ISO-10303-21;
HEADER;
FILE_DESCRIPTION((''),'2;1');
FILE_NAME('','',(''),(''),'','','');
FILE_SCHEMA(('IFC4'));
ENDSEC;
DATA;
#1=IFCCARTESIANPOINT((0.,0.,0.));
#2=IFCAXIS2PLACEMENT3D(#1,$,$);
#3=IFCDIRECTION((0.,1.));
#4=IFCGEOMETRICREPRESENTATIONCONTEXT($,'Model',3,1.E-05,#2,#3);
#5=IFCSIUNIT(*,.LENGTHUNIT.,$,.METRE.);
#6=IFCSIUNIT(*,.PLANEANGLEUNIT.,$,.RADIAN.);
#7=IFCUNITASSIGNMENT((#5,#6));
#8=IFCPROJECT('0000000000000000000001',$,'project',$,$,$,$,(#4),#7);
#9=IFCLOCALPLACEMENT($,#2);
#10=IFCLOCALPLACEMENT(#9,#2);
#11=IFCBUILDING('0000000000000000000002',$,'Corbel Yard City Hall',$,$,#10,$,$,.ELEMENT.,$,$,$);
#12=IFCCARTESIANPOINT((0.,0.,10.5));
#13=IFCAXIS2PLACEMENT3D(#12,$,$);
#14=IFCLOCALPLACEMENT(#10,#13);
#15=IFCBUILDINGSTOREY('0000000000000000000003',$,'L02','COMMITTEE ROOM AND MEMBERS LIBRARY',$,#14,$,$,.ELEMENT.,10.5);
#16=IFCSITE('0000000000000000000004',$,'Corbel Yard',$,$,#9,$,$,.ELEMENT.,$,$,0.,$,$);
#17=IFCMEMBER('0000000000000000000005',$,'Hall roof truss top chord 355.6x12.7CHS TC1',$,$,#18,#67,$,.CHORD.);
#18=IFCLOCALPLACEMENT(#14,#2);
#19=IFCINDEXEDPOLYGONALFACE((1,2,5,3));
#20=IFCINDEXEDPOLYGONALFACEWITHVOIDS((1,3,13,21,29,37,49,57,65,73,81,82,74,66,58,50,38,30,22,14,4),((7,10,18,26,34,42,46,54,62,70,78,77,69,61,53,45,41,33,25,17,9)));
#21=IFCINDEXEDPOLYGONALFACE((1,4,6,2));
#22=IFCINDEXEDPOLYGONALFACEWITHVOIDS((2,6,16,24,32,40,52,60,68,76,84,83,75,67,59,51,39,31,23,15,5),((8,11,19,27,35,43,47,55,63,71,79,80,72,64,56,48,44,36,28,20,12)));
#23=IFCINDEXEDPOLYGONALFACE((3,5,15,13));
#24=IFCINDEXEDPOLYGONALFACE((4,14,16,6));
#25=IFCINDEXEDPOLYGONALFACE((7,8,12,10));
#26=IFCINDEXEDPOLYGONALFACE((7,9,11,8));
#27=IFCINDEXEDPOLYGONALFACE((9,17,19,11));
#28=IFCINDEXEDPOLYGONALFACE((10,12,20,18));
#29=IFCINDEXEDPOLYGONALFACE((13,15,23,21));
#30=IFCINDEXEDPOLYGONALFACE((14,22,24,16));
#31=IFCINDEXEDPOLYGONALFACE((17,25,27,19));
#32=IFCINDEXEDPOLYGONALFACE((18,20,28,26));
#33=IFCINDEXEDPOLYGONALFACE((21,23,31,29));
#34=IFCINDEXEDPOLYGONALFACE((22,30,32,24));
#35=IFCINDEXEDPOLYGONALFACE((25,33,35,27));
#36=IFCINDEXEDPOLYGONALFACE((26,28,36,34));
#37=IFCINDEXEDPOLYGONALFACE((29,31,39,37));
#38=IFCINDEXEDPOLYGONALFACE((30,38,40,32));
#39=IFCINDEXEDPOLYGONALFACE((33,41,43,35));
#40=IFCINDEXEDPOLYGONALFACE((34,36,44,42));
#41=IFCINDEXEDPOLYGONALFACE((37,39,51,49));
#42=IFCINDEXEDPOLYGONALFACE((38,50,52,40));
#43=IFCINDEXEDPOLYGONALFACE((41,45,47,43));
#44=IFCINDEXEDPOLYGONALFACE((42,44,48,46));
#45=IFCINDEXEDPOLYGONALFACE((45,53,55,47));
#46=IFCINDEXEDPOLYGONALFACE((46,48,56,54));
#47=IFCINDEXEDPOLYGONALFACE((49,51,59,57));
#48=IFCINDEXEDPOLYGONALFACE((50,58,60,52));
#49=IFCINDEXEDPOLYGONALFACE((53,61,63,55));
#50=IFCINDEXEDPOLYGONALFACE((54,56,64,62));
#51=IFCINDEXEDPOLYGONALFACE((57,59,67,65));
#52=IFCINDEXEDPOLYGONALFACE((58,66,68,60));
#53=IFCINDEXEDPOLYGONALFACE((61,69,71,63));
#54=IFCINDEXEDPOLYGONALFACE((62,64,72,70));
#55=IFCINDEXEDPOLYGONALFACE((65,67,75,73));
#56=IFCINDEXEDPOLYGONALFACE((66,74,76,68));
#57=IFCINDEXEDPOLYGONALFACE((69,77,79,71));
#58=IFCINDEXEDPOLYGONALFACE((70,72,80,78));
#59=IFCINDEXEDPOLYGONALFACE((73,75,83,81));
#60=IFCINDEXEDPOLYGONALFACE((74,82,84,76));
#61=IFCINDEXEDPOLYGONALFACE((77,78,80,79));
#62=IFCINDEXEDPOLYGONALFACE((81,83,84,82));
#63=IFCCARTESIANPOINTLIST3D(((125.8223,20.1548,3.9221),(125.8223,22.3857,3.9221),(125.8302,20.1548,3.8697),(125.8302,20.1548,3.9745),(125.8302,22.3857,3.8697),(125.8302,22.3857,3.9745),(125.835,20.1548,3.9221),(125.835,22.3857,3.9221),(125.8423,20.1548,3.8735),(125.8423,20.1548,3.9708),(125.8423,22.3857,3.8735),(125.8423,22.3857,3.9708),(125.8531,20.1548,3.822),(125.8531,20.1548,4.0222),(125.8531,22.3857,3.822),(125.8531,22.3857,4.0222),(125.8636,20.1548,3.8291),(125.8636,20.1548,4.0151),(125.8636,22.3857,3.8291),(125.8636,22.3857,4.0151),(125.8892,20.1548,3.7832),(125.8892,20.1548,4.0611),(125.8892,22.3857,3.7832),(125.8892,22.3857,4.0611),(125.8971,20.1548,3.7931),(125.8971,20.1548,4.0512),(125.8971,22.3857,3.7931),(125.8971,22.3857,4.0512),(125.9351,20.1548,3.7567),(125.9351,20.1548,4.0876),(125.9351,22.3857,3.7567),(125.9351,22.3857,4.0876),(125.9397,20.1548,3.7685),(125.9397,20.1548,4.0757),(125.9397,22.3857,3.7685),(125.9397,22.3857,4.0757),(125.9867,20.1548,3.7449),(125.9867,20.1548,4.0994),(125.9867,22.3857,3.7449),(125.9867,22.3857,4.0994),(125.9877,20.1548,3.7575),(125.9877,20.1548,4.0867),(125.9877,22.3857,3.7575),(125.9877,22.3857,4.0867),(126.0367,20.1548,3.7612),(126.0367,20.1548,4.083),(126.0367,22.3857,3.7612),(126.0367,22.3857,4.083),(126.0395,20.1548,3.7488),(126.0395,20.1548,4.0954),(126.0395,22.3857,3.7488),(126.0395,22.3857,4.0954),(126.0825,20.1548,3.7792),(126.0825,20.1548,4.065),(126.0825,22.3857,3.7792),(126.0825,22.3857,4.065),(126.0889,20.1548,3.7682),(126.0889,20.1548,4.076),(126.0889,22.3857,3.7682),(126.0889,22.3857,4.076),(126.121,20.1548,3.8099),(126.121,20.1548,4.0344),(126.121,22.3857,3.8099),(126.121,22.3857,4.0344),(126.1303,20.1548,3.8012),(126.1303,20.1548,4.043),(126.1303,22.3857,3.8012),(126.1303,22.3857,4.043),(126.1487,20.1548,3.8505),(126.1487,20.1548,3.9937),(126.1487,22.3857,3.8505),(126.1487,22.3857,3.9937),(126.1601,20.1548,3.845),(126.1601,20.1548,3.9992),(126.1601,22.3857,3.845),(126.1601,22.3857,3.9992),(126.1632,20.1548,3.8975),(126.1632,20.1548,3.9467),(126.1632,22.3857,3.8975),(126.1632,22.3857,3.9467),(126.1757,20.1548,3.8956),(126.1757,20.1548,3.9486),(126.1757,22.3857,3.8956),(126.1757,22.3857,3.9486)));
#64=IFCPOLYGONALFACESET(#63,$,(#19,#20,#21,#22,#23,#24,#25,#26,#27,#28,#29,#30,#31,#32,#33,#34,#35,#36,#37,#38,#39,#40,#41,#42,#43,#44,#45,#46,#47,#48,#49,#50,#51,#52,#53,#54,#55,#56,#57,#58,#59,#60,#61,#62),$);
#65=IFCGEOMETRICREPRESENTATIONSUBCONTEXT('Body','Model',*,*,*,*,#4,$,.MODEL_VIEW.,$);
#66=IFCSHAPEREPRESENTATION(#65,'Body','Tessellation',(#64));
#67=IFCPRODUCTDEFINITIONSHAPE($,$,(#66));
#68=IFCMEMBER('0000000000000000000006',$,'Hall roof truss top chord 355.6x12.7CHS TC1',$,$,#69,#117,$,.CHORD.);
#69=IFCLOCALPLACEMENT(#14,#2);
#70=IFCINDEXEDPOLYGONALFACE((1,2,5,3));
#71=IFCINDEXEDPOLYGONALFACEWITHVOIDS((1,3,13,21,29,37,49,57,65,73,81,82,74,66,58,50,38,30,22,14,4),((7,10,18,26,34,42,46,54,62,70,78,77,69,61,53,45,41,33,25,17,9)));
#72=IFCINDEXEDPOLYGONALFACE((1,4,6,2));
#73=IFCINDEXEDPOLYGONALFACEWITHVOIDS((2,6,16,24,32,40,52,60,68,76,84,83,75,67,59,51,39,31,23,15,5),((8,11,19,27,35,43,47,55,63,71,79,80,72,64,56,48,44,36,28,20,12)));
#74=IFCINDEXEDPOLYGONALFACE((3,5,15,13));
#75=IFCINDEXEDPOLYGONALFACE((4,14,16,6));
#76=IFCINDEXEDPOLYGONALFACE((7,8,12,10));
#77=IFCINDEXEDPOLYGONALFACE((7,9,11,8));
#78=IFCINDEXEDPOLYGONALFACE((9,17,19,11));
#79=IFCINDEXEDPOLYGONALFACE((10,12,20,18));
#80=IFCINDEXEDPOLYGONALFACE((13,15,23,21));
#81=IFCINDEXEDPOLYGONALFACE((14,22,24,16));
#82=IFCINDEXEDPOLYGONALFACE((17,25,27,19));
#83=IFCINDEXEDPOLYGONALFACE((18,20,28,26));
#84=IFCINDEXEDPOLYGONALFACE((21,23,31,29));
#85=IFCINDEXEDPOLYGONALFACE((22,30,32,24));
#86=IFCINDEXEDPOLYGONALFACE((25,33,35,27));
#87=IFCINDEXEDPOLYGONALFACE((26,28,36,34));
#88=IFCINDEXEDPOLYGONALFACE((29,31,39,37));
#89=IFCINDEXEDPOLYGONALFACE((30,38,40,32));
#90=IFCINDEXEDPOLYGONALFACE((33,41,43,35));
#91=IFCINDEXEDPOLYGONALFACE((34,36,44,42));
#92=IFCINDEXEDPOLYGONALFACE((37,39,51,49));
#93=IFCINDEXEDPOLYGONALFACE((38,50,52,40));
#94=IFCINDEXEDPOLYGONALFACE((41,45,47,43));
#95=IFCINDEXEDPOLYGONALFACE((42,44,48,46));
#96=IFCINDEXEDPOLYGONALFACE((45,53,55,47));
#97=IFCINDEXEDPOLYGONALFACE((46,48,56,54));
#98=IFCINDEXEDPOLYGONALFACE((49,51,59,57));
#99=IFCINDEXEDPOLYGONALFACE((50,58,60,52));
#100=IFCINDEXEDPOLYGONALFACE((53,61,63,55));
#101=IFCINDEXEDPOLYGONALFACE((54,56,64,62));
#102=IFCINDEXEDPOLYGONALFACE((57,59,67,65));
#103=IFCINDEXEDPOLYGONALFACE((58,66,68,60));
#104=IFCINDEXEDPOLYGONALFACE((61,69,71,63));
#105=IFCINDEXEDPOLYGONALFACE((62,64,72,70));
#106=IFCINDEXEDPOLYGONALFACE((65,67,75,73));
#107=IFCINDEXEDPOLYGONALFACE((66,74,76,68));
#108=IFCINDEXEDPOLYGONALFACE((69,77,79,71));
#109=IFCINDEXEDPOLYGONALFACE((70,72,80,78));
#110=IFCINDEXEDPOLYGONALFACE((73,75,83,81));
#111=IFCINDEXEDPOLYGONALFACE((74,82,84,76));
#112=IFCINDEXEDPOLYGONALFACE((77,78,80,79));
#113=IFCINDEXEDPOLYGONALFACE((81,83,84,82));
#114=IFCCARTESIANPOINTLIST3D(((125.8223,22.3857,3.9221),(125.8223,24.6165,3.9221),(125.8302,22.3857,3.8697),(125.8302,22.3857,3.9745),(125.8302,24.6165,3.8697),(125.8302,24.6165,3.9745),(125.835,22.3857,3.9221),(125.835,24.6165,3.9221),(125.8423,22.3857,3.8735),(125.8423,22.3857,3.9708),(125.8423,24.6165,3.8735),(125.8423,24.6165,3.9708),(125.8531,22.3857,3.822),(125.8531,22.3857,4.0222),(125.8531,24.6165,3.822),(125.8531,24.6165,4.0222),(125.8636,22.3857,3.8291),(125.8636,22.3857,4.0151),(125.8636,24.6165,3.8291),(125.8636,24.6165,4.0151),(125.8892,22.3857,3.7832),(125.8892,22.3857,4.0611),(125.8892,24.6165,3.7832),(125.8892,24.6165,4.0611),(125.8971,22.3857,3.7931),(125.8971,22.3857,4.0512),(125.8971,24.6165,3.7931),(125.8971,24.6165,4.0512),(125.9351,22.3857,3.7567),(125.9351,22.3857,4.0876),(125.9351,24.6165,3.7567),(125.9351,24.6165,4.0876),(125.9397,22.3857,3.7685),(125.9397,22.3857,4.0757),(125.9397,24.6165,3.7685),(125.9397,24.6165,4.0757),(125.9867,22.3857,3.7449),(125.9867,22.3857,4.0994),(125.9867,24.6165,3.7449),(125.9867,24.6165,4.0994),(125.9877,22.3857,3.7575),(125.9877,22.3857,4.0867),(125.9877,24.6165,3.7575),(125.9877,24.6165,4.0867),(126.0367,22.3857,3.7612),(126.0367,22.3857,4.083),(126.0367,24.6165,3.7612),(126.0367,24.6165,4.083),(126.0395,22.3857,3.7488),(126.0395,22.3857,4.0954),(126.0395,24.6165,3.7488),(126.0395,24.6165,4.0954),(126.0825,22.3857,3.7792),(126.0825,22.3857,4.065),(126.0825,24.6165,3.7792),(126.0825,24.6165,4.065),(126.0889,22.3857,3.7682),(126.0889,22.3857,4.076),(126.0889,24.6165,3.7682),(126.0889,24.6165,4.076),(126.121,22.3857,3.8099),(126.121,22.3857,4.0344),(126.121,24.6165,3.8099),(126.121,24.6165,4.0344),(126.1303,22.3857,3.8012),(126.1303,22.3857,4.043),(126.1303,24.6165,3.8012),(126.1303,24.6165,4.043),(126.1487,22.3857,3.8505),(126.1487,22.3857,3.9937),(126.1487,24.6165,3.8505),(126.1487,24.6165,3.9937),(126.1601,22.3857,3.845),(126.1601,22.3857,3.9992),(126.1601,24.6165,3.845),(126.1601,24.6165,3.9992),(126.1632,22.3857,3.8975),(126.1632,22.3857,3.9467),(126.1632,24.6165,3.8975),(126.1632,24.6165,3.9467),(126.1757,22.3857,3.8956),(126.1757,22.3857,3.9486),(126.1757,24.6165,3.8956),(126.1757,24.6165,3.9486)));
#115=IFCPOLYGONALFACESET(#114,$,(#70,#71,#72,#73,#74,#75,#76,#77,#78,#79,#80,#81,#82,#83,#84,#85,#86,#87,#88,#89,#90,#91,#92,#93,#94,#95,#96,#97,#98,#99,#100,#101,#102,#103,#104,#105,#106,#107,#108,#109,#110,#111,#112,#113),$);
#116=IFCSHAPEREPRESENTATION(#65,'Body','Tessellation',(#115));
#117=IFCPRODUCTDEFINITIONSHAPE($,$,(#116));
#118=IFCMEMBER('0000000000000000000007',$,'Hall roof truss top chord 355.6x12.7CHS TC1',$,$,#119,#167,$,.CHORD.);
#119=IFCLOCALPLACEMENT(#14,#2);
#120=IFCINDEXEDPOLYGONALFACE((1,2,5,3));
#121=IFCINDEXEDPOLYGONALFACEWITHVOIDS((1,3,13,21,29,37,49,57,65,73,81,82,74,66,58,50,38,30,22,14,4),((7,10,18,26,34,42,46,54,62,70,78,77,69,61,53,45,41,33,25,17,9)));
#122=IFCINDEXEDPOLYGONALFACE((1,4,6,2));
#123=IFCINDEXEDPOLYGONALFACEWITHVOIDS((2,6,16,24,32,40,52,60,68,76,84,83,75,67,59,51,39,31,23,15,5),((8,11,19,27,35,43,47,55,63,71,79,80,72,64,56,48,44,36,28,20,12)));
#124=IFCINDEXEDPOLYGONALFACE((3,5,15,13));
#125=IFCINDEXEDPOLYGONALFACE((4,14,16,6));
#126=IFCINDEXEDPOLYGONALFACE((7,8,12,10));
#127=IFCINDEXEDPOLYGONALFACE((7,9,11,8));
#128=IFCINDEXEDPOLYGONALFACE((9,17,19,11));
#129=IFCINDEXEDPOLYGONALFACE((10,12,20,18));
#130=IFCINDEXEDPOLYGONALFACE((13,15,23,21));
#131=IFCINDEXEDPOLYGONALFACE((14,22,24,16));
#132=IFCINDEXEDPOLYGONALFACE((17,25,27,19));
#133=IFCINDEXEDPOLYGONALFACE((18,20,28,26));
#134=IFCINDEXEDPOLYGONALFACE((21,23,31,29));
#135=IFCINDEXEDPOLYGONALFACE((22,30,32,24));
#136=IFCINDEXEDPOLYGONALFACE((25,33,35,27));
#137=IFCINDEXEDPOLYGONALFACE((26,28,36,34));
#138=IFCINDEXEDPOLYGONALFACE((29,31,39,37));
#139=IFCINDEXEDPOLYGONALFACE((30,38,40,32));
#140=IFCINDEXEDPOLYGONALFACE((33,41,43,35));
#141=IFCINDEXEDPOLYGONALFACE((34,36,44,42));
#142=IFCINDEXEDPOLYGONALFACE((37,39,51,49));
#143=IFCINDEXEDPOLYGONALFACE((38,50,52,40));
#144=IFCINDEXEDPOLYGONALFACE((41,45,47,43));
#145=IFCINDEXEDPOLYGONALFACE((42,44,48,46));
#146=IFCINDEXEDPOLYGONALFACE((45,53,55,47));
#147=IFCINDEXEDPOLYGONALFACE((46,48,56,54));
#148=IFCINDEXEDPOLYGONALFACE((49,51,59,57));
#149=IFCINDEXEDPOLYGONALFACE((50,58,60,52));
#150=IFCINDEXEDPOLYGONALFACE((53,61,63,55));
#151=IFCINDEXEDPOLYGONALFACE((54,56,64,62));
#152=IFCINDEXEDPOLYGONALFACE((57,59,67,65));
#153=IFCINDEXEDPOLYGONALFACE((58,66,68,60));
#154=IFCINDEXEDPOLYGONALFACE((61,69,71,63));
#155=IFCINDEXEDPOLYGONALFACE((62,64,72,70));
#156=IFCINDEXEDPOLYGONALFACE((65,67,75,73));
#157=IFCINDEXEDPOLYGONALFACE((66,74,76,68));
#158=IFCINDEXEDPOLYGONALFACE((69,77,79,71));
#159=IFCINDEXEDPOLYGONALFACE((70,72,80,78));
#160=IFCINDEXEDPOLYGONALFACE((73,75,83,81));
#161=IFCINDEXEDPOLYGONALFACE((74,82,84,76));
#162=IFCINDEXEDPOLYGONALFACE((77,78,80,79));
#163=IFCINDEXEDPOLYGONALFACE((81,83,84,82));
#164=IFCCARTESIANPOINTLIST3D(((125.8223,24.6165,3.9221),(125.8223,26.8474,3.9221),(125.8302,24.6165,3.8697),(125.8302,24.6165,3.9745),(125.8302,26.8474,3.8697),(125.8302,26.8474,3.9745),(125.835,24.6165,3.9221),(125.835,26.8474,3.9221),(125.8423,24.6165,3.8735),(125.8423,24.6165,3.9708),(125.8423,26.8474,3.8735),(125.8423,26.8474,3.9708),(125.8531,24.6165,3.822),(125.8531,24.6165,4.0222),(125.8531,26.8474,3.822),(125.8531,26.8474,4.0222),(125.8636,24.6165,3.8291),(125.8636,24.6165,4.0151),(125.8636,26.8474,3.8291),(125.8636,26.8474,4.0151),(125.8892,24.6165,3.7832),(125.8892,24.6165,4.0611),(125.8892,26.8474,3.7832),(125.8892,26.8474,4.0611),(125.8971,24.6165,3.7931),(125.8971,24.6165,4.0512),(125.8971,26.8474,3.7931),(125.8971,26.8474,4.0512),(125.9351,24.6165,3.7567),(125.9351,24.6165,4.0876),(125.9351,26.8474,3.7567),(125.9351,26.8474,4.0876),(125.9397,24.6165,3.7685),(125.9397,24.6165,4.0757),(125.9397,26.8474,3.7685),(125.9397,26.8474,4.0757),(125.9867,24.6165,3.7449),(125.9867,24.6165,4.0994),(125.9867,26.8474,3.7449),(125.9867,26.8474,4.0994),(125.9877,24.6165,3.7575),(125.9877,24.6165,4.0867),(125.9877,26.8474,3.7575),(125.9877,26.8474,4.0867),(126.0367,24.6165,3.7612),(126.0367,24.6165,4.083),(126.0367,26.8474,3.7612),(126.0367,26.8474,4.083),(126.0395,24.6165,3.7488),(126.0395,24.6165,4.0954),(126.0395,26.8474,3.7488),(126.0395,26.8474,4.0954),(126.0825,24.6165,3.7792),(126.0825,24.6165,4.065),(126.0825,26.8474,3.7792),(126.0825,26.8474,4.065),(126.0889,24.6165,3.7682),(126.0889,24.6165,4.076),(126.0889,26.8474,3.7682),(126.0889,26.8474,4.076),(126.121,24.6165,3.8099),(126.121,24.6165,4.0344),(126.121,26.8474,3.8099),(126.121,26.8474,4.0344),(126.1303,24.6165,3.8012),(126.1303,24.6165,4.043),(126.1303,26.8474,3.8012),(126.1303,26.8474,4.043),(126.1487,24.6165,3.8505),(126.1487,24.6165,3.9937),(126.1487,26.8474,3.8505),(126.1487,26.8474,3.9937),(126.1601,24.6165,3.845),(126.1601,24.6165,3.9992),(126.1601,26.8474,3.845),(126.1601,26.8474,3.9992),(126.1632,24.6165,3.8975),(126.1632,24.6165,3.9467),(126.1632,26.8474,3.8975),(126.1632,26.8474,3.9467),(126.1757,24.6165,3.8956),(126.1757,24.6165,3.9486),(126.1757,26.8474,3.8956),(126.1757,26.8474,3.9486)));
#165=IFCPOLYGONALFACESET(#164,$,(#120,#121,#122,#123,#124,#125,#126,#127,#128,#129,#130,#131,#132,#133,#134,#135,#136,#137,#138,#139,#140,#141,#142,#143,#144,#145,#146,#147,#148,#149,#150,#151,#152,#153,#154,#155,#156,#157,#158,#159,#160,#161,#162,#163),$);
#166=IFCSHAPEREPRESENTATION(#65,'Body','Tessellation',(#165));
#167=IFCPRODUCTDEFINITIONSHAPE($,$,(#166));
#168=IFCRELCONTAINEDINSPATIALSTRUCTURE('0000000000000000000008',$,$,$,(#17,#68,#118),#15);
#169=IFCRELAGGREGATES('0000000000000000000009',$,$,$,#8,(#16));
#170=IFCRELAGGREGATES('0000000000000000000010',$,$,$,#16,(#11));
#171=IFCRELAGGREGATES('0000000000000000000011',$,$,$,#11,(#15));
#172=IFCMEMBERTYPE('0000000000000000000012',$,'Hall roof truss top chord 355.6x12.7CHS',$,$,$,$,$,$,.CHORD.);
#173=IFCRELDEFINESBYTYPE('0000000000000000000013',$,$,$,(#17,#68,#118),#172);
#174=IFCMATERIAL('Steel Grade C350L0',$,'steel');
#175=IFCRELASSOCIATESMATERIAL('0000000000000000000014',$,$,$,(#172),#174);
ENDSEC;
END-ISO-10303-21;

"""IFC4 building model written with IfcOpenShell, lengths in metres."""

from ifc_helpers import new_model, si_unit, direction, frame, origin, origin_2d, place, context, subcontext, project, spatial, hollow_circle, extrude, material, material_profile, profile_set, type_object, element, save


model = new_model("IFC4")

# Units and contexts
model_context = context("Model", 3, precision=1e-05, world=origin(), true_north=direction((0.0, 1.0)))
body_context = subcontext(model_context, "Body", "Model", "MODEL_VIEW")
ifc_project = project(units=[si_unit("LENGTHUNIT", "METRE"), si_unit("PLANEANGLEUNIT", "RADIAN")], contexts=[model_context])

# Site, building, storey
site_placement = place(None, origin())
site = spatial("IfcSite", under=ifc_project, at=site_placement, Name="Corbel Yard", CompositionType="ELEMENT", RefElevation=0.0)
building_placement = place(site_placement, origin())
building = spatial("IfcBuilding", under=site, at=building_placement, Name="Corbel Yard City Hall", CompositionType="ELEMENT")
storey_placement = place(building_placement, frame((0.0, 0.0, 10.5)))
storey = spatial("IfcBuildingStorey", under=building, at=storey_placement, Name="L02", Description="COMMITTEE ROOM AND MEMBERS LIBRARY", CompositionType="ELEMENT", Elevation=10.5)

# Members
ifc_material_1 = material(Name="Steel Grade C350L0", Category="steel")
ifc_material_profile_1 = material_profile(ifc_material_1, hollow_circle(Radius=0.1777, WallThickness=0.0127, at=origin_2d()), Name="355.6x12.7CHS")
ifc_profile_set_1 = profile_set([ifc_material_profile_1], Name="Steel Grade C350L0")
member_type_1 = type_object("IfcMemberType", Name="Hall roof truss top chord 355.6x12.7CHS", PredefinedType="CHORD", material=ifc_profile_set_1)
for number, where, z_axis, x_axis, name in (
    (1, (126.0, 20.1548, 3.9221), (0.0, 1.0, 0.0), (-1.0, 0.0, 0.0), "Hall roof truss top chord 355.6x12.7CHS TC1"),
):
    element("IfcMember", number, at=place(storey_placement, frame(where, z_axis=z_axis, x_axis=x_axis)), inside=storey, type_object=member_type_1, Name=name, PredefinedType="CHORD", context=body_context, shape_type="SweptSolid", body=[
        extrude(hollow_circle(Radius=0.1777, WallThickness=0.0127, at=origin_2d()), origin(), (0.0, 0.0, 1.0), 2.231),
    ])
member_1_placement = place(storey_placement, frame((126.0, 22.3857, 3.9221), z_axis=(0.0, 1.0, 0.0), x_axis=(-1.0, 0.0, 0.0)))
element("IfcMember", 2, at=member_1_placement, inside=storey, type_object=member_type_1, Name="Hall roof truss top chord 355.6x12.7CHS TC1", PredefinedType="CHORD", context=body_context, shape_type="SweptSolid", body=[
    extrude(hollow_circle(Radius=0.1777, WallThickness=0.0127, at=origin_2d()), origin(), (0.0, 0.0, 1.0), 2.2307),
])
member_2_placement = place(storey_placement, frame((126.0, 24.6165, 3.9221), z_axis=(0.0, 1.0, 0.0), x_axis=(-1.0, 0.0, 0.0)))
element("IfcMember", 3, at=member_2_placement, inside=storey, type_object=member_type_1, Name="Hall roof truss top chord 355.6x12.7CHS TC1", PredefinedType="CHORD", context=body_context, shape_type="SweptSolid", body=[
    extrude(hollow_circle(Radius=0.1777, WallThickness=0.0127, at=origin_2d()), origin(), (0.0, 0.0, 1.0), 2.231),
])

save(model, "model.ifc")
